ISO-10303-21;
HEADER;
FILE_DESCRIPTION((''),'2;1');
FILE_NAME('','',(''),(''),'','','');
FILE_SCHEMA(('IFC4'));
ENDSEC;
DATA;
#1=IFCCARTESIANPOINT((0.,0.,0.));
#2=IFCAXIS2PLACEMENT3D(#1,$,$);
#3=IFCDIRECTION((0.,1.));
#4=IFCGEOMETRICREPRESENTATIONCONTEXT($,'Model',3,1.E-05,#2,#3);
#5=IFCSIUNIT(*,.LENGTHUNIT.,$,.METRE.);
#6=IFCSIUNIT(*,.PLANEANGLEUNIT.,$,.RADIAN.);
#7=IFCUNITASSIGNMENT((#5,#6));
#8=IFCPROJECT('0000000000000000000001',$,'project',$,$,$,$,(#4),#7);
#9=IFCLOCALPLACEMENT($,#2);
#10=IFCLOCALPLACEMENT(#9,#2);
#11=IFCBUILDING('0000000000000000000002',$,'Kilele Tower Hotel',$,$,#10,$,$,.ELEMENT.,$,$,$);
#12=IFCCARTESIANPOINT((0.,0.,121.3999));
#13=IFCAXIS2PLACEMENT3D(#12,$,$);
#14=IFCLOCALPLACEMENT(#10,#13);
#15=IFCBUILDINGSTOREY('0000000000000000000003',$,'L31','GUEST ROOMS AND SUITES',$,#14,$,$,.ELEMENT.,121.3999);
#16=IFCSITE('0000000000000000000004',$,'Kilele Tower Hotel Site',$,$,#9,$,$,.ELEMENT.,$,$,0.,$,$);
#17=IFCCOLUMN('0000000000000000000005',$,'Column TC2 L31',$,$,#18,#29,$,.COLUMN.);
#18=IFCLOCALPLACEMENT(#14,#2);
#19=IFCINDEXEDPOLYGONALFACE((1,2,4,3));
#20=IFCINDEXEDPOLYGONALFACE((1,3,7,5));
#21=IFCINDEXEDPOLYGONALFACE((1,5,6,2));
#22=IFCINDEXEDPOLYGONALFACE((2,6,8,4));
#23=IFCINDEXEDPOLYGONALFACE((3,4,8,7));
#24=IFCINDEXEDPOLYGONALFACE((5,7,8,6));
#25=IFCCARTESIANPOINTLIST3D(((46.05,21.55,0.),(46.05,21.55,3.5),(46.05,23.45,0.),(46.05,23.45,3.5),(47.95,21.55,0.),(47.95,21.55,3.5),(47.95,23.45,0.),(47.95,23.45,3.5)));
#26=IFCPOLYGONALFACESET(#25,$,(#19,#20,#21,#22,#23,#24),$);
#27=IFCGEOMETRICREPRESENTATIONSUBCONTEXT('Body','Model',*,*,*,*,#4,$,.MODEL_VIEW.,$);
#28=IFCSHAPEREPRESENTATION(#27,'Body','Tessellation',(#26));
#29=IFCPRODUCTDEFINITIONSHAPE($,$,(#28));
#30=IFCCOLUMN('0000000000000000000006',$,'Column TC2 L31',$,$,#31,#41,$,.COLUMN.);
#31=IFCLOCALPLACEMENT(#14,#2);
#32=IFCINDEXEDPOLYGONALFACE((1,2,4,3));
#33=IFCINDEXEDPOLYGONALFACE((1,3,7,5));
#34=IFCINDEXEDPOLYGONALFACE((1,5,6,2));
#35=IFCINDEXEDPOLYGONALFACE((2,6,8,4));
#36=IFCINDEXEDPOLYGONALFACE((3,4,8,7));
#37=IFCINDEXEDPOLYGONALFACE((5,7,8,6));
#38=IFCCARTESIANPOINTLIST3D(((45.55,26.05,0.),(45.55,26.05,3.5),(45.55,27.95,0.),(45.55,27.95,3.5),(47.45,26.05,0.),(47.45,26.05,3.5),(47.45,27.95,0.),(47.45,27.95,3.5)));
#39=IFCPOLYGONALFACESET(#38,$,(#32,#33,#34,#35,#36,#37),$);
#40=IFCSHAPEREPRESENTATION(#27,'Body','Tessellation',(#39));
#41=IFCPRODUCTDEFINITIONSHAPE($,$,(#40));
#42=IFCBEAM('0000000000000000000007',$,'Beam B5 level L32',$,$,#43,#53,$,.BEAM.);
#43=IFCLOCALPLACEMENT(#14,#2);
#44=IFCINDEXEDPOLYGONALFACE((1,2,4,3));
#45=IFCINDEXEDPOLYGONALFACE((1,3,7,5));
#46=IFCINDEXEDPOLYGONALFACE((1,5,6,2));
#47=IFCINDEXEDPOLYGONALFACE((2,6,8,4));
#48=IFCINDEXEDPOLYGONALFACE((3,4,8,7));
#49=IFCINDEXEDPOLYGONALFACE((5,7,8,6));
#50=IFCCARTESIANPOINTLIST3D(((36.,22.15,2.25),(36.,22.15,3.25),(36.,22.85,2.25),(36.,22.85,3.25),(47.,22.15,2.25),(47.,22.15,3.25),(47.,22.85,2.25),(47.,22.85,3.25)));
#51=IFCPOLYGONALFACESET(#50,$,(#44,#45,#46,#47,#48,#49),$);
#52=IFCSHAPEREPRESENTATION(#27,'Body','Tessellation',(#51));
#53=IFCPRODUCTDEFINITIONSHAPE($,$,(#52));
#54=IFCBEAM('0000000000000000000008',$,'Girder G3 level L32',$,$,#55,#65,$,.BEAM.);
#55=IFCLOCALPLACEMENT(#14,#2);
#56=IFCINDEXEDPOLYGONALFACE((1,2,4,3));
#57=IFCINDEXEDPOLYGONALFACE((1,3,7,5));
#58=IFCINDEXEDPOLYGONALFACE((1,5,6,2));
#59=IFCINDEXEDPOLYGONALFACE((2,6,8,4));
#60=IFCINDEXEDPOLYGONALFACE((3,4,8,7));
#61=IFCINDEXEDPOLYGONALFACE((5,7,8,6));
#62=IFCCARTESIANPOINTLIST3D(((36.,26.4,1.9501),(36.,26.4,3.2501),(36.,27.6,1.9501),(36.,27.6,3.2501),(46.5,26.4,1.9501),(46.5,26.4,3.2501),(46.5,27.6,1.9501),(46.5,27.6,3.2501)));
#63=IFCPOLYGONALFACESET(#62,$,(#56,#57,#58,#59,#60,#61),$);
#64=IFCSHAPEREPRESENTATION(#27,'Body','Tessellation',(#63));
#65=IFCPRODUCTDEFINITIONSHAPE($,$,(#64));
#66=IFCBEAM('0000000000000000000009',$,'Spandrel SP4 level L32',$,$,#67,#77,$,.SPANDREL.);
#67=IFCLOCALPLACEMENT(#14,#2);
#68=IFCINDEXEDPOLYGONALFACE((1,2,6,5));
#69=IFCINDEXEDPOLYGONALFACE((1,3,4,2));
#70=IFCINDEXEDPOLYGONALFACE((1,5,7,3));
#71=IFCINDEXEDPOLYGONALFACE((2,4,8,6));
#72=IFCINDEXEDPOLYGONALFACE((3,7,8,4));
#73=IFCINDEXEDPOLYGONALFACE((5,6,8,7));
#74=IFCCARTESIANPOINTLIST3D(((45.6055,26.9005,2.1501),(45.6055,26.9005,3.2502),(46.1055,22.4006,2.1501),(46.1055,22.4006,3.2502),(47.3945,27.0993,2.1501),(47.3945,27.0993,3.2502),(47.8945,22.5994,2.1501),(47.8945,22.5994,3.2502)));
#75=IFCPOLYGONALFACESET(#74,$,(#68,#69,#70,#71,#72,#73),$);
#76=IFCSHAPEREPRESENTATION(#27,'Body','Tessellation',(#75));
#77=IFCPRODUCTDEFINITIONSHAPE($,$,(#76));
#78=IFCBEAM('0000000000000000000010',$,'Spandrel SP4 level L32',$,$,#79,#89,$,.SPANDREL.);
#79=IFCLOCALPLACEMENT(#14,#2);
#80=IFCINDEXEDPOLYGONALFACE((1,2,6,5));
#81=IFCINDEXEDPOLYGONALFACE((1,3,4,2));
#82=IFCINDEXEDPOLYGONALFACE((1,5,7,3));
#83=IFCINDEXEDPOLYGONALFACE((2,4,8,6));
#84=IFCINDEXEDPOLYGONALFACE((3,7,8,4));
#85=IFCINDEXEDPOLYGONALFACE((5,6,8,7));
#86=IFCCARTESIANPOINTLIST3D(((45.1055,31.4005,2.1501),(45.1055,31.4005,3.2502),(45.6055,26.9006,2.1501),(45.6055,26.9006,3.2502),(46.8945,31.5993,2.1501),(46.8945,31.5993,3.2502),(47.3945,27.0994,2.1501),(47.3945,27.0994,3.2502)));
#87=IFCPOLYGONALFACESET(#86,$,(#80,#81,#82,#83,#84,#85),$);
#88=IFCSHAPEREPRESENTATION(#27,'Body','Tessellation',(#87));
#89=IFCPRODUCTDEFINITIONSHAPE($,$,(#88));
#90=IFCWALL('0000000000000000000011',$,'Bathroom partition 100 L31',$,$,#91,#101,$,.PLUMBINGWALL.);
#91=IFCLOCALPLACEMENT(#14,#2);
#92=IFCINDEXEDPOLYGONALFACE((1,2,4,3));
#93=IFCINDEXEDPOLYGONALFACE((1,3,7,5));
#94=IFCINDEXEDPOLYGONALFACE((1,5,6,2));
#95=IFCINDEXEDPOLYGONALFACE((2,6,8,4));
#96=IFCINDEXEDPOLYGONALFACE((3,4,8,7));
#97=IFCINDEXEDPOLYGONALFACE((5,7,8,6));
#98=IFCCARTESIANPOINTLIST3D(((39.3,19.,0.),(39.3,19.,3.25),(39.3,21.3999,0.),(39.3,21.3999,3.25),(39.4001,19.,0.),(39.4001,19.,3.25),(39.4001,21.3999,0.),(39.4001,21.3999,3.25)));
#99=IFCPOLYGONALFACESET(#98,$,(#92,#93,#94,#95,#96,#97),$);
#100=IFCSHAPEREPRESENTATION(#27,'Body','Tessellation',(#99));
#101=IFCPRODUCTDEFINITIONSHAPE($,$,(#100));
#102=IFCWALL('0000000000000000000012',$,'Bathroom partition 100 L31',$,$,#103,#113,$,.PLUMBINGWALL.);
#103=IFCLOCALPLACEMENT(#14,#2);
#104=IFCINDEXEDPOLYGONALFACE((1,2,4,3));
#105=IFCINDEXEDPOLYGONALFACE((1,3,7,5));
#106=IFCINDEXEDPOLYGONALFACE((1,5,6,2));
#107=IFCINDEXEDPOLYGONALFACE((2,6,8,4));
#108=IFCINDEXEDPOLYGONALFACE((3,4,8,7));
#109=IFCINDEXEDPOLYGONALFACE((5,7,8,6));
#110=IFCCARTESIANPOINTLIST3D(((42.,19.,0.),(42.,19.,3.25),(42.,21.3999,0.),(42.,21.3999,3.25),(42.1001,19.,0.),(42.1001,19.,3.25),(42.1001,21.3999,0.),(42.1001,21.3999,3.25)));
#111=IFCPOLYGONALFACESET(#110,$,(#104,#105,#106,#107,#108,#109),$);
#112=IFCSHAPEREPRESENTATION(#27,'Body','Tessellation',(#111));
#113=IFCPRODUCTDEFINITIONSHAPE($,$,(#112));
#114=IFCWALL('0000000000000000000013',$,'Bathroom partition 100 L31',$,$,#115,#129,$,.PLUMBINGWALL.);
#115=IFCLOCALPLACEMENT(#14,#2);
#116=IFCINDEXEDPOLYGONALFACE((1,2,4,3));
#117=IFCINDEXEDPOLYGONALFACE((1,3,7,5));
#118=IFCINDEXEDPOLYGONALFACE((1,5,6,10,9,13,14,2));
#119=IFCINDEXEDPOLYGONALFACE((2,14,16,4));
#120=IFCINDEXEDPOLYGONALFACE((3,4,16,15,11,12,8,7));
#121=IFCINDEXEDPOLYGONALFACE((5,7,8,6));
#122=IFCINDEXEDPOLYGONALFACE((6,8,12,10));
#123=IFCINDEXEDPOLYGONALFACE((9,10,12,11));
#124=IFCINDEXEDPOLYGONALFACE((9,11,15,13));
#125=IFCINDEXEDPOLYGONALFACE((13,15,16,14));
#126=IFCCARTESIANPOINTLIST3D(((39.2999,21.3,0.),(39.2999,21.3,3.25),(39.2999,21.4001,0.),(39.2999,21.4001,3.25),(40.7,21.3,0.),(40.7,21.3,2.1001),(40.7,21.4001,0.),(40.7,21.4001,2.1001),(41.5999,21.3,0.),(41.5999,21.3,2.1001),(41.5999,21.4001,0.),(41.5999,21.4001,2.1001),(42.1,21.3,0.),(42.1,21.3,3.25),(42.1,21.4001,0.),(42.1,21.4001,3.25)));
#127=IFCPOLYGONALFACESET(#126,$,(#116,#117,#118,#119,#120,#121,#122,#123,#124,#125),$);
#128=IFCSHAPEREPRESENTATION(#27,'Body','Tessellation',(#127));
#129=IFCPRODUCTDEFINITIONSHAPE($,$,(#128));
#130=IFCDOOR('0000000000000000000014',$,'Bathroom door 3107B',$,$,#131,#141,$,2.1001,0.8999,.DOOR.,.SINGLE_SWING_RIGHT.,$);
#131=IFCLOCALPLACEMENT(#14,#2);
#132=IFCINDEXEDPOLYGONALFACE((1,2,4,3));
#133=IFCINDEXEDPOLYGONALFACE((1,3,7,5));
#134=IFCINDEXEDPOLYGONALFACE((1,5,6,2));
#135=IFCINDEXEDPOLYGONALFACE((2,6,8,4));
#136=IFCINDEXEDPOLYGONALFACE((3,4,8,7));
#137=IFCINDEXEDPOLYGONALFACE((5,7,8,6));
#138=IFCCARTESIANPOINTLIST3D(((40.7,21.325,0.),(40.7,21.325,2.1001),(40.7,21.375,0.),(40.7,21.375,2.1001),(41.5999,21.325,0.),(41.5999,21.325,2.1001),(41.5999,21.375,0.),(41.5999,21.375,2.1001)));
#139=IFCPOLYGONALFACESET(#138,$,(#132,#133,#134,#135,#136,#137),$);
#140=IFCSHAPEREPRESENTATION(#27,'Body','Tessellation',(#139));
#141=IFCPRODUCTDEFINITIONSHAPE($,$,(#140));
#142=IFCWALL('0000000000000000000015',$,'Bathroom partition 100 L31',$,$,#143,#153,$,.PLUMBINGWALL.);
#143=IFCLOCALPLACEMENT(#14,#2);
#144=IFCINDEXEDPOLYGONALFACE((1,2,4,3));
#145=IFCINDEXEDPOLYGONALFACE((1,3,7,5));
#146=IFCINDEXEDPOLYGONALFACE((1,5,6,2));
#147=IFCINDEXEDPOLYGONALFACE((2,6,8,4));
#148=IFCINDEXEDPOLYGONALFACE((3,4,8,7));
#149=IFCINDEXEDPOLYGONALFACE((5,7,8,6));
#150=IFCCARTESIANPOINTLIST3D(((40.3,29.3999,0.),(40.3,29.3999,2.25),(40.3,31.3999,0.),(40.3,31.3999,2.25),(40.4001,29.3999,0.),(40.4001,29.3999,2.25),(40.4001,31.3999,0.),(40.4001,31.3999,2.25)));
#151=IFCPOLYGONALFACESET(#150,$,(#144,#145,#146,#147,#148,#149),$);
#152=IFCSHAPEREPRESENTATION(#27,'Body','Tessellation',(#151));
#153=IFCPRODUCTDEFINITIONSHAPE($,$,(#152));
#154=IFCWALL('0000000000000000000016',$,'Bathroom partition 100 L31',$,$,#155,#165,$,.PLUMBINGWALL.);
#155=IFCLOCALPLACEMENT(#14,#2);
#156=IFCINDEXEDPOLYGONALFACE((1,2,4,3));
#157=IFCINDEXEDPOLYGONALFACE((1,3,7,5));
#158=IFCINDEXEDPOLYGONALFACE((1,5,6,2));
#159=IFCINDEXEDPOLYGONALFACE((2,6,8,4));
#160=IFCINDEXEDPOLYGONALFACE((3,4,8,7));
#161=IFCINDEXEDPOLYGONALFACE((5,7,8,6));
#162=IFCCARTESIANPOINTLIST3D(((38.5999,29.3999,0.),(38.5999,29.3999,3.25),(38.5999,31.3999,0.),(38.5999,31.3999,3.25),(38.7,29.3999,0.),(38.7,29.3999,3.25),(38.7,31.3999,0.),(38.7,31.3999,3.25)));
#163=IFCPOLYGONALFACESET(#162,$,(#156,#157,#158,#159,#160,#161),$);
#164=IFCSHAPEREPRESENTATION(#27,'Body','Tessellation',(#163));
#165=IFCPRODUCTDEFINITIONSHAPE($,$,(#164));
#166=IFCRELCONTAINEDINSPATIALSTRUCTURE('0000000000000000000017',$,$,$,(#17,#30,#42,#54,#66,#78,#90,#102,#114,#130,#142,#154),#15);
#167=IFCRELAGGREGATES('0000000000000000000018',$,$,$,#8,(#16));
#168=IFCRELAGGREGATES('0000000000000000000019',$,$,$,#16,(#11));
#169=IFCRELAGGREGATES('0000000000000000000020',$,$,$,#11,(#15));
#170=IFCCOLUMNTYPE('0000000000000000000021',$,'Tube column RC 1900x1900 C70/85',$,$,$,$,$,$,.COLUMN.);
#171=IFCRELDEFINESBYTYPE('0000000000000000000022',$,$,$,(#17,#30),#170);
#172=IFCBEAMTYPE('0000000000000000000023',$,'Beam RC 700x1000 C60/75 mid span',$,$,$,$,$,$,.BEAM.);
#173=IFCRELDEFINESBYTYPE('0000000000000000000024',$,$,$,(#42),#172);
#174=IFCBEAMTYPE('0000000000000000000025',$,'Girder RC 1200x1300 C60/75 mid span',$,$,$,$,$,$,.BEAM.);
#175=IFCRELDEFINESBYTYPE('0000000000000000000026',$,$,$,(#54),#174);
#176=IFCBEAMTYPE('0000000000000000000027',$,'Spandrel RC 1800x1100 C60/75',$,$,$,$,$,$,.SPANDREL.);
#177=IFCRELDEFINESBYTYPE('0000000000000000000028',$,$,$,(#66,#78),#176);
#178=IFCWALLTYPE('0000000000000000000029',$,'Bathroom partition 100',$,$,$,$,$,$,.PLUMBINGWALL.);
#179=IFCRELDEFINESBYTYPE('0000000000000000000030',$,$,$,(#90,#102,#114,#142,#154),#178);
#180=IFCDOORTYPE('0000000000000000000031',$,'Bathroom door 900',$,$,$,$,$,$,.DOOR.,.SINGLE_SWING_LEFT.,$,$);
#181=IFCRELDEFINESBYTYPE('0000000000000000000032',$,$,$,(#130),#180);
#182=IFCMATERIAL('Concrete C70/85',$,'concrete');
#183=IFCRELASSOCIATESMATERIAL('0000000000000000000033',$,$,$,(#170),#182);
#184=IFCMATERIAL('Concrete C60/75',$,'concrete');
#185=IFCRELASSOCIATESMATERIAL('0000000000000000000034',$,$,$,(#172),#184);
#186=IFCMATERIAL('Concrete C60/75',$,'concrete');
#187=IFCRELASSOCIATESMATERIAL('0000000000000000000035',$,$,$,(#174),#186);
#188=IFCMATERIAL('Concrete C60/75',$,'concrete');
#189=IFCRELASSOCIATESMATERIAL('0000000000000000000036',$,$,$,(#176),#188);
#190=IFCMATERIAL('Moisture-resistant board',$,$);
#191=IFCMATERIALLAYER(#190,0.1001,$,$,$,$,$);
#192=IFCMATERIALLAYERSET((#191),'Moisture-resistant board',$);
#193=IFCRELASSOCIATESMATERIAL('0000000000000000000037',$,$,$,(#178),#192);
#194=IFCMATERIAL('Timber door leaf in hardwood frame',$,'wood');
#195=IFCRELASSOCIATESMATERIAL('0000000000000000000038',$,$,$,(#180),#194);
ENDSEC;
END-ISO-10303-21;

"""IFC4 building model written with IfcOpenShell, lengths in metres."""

from ifc_helpers import new_model, si_unit, direction, frame, frame_2d, origin, origin_2d, place, context, subcontext, project, spatial, rectangle, extrude, material, layer, layer_set, material_profile, profile_set, type_object, element, fill, save


model = new_model("IFC4")

# Units and contexts
model_context = context("Model", 3, precision=1e-05, world=origin(), true_north=direction((0.0, 1.0)))
body_context = subcontext(model_context, "Body", "Model", "MODEL_VIEW")
ifc_project = project(units=[si_unit("LENGTHUNIT", "METRE"), si_unit("PLANEANGLEUNIT", "RADIAN")], contexts=[model_context])

# Site, building, storey
site_placement = place(None, origin())
site = spatial("IfcSite", under=ifc_project, at=site_placement, Name="Kilele Tower Hotel Site", CompositionType="ELEMENT", RefElevation=0.0)
building_placement = place(site_placement, origin())
building = spatial("IfcBuilding", under=site, at=building_placement, Name="Kilele Tower Hotel", CompositionType="ELEMENT")
storey_placement = place(building_placement, frame((0.0, 0.0, 121.3999)))
storey = spatial("IfcBuildingStorey", under=building, at=storey_placement, Name="L31", Description="GUEST ROOMS AND SUITES", CompositionType="ELEMENT", Elevation=121.3999)

# Columns
ifc_material_1 = material(Name="Concrete C70/85", Category="concrete")
ifc_material_profile_1 = material_profile(ifc_material_1, rectangle(XDim=1.8999, YDim=1.8999, at=origin_2d()))
ifc_profile_set_1 = profile_set([ifc_material_profile_1], Name="Concrete C70/85")
column_type = type_object("IfcColumnType", Name="Tube column RC 1900x1900 C70/85", PredefinedType="COLUMN", material=ifc_profile_set_1)
for number, where, z_axis, x_axis, name in (
    (1, (47.0, 22.5, 0.0), (0.0, 0.0, 1.0), (1.0, 0.0, 0.0), "Column TC2 L31"),
    (2, (46.5, 27.0, 0.0), (0.0, 0.0, 1.0), (1.0, 0.0, 0.0), "Column TC2 L31"),
):
    element("IfcColumn", number, at=place(storey_placement, frame(where, z_axis=z_axis, x_axis=x_axis)), inside=storey, type_object=column_type, Name=name, PredefinedType="COLUMN", context=body_context, shape_type="SweptSolid", body=[
        extrude(rectangle(XDim=1.8999, YDim=1.8999, at=origin_2d()), origin(), (0.0, 0.0, 1.0), 3.5),
    ])

# Beams
ifc_material_2 = material(Name="Concrete C60/75", Category="concrete")
ifc_material_profile_2 = material_profile(ifc_material_2, rectangle(XDim=0.7, YDim=1.0, at=origin_2d()))
ifc_profile_set_2 = profile_set([ifc_material_profile_2], Name="Concrete C60/75")
beam_type_1 = type_object("IfcBeamType", Name="Beam RC 700x1000 C60/75 mid span", PredefinedType="BEAM", material=ifc_profile_set_2)
beam_1_placement = place(storey_placement, frame((47.0, 22.5, 2.75), z_axis=(-1.0, 0.0, 0.0), x_axis=(0.0, -1.0, 0.0)))
element("IfcBeam", 3, at=beam_1_placement, inside=storey, type_object=beam_type_1, Name="Beam B5 level L32", PredefinedType="BEAM", context=body_context, shape_type="SweptSolid", body=[
    extrude(rectangle(XDim=0.7, YDim=1.0, at=origin_2d()), origin(), (0.0, 0.0, 1.0), 11.0),
])
ifc_material_3 = material(Name="Concrete C60/75", Category="concrete")
ifc_material_profile_3 = material_profile(ifc_material_3, rectangle(XDim=1.2, YDim=1.3, at=origin_2d()))
ifc_profile_set_3 = profile_set([ifc_material_profile_3], Name="Concrete C60/75")
beam_type_2 = type_object("IfcBeamType", Name="Girder RC 1200x1300 C60/75 mid span", PredefinedType="BEAM", material=ifc_profile_set_3)
beam_2_placement = place(storey_placement, frame((46.5, 27.0, 2.6001), z_axis=(-1.0, 0.0, 0.0), x_axis=(0.0, -1.0, 0.0)))
element("IfcBeam", 4, at=beam_2_placement, inside=storey, type_object=beam_type_2, Name="Girder G3 level L32", PredefinedType="BEAM", context=body_context, shape_type="SweptSolid", body=[
    extrude(rectangle(XDim=1.2, YDim=1.3, at=origin_2d()), origin(), (0.0, 0.0, 1.0), 10.5),
])
ifc_material_4 = material(Name="Concrete C60/75", Category="concrete")
ifc_material_profile_4 = material_profile(ifc_material_4, rectangle(XDim=1.8, YDim=1.1001, at=origin_2d()))
ifc_profile_set_4 = profile_set([ifc_material_profile_4], Name="Concrete C60/75")
beam_type_3 = type_object("IfcBeamType", Name="Spandrel RC 1800x1100 C60/75", PredefinedType="SPANDREL", material=ifc_profile_set_4)
for number, where, z_axis, x_axis, name in (
    (5, (47.0, 22.5, 2.7002), (-0.110432, 0.993884, 0.0), (-0.993884, -0.110432, 0.0), "Spandrel SP4 level L32"),
    (6, (46.5, 27.0, 2.7002), (-0.110432, 0.993884, 0.0), (-0.993884, -0.110432, 0.0), "Spandrel SP4 level L32"),
):
    element("IfcBeam", number, at=place(storey_placement, frame(where, z_axis=z_axis, x_axis=x_axis)), inside=storey, type_object=beam_type_3, Name=name, PredefinedType="SPANDREL", context=body_context, shape_type="SweptSolid", body=[
        extrude(rectangle(XDim=1.8, YDim=1.1001, at=origin_2d()), origin(), (0.0, 0.0, 1.0), 4.5276),
    ])

# Walls
ifc_material_5 = material(Name="Moisture-resistant board")
ifc_layer_1 = layer(ifc_material_5, 0.1001)
ifc_layer_set_1 = layer_set([ifc_layer_1], Name="Moisture-resistant board")
wall_type_1 = type_object("IfcWallType", Name="Bathroom partition 100", PredefinedType="PLUMBINGWALL", material=ifc_layer_set_1)
for number, where, z_axis, x_axis, name in (
    (7, (39.3501, 19.0, 0.0), (0.0, 0.0, 1.0), (0.0, 1.0, 0.0), "Bathroom partition 100 L31"),
    (8, (42.05, 19.0, 0.0), (0.0, 0.0, 1.0), (0.0, 1.0, 0.0), "Bathroom partition 100 L31"),
):
    element("IfcWall", number, at=place(storey_placement, frame(where, z_axis=z_axis, x_axis=x_axis)), inside=storey, type_object=wall_type_1, Name=name, PredefinedType="PLUMBINGWALL", context=body_context, shape_type="SweptSolid", body=[
        extrude(rectangle(XDim=2.3999, YDim=0.1001, at=frame_2d((1.2, 0.0))), origin(), (0.0, 0.0, 1.0), 3.25),
    ])

# Wall, opening, door
wall_1_placement = place(storey_placement, frame((39.3, 21.3501, 0.0), z_axis=(0.0, 0.0, 1.0), x_axis=(1.0, 0.0, 0.0)))
wall_1 = element("IfcWall", 9, at=wall_1_placement, inside=storey, type_object=wall_type_1, Name="Bathroom partition 100 L31", PredefinedType="PLUMBINGWALL", context=body_context, shape_type="SweptSolid", body=[
    extrude(rectangle(XDim=2.8, YDim=0.1001, at=frame_2d((1.3999, 0.0))), origin(), (0.0, 0.0, 1.0), 3.25),
])
opening_1_placement = place(wall_1_placement, frame((1.3999, 0.0, 0.0)))
opening_1 = element("IfcOpeningElement", 10, at=opening_1_placement, cuts=wall_1, PredefinedType="OPENING", context=body_context, shape_type="SweptSolid", body=[
    extrude(rectangle(XDim=0.8999, YDim=2.1001, at=frame_2d((0.45, 1.05))), frame((0.0, 0.0601, 0.0), z_axis=(0.0, -1.0, 0.0), x_axis=(1.0, 0.0, 0.0)), (0.0, 0.0, 1.0), 0.1201),
])
ifc_material_6 = material(Name="Timber door leaf in hardwood frame", Category="wood")
door_type_1 = type_object("IfcDoorType", Name="Bathroom door 900", OperationType="SINGLE_SWING_LEFT", PredefinedType="DOOR", material=ifc_material_6)
door_1_placement = place(opening_1_placement, origin())
door_1 = element("IfcDoor", 11, at=door_1_placement, inside=storey, type_object=door_type_1, Name="Bathroom door 3107B", OperationType="SINGLE_SWING_RIGHT", OverallHeight=2.1001, OverallWidth=0.8999, PredefinedType="DOOR", context=body_context, shape_type="SweptSolid", body=[
    extrude(rectangle(XDim=0.8999, YDim=2.1001, at=frame_2d((0.45, 1.05))), frame((0.0, 0.0249, 0.0), z_axis=(0.0, -1.0, 0.0), x_axis=(1.0, 0.0, 0.0)), (0.0, 0.0, 1.0), 0.05),
])
fill(opening_1, door_1)

# Walls
wall_2_placement = place(storey_placement, frame((40.3501, 31.3999, 0.0), z_axis=(0.0, 0.0, 1.0), x_axis=(0.0, -1.0, 0.0)))
element("IfcWall", 12, at=wall_2_placement, inside=storey, type_object=wall_type_1, Name="Bathroom partition 100 L31", PredefinedType="PLUMBINGWALL", context=body_context, shape_type="SweptSolid", body=[
    extrude(rectangle(XDim=2.0, YDim=0.1001, at=frame_2d((1.0, 0.0))), origin(), (0.0, 0.0, 1.0), 2.25),
])
wall_3_placement = place(storey_placement, frame((38.6499, 31.3999, 0.0), z_axis=(0.0, 0.0, 1.0), x_axis=(0.0, -1.0, 0.0)))
element("IfcWall", 13, at=wall_3_placement, inside=storey, type_object=wall_type_1, Name="Bathroom partition 100 L31", PredefinedType="PLUMBINGWALL", context=body_context, shape_type="SweptSolid", body=[
    extrude(rectangle(XDim=2.0, YDim=0.1001, at=frame_2d((1.0, 0.0))), origin(), (0.0, 0.0, 1.0), 3.25),
])

save(model, "model.ifc")
